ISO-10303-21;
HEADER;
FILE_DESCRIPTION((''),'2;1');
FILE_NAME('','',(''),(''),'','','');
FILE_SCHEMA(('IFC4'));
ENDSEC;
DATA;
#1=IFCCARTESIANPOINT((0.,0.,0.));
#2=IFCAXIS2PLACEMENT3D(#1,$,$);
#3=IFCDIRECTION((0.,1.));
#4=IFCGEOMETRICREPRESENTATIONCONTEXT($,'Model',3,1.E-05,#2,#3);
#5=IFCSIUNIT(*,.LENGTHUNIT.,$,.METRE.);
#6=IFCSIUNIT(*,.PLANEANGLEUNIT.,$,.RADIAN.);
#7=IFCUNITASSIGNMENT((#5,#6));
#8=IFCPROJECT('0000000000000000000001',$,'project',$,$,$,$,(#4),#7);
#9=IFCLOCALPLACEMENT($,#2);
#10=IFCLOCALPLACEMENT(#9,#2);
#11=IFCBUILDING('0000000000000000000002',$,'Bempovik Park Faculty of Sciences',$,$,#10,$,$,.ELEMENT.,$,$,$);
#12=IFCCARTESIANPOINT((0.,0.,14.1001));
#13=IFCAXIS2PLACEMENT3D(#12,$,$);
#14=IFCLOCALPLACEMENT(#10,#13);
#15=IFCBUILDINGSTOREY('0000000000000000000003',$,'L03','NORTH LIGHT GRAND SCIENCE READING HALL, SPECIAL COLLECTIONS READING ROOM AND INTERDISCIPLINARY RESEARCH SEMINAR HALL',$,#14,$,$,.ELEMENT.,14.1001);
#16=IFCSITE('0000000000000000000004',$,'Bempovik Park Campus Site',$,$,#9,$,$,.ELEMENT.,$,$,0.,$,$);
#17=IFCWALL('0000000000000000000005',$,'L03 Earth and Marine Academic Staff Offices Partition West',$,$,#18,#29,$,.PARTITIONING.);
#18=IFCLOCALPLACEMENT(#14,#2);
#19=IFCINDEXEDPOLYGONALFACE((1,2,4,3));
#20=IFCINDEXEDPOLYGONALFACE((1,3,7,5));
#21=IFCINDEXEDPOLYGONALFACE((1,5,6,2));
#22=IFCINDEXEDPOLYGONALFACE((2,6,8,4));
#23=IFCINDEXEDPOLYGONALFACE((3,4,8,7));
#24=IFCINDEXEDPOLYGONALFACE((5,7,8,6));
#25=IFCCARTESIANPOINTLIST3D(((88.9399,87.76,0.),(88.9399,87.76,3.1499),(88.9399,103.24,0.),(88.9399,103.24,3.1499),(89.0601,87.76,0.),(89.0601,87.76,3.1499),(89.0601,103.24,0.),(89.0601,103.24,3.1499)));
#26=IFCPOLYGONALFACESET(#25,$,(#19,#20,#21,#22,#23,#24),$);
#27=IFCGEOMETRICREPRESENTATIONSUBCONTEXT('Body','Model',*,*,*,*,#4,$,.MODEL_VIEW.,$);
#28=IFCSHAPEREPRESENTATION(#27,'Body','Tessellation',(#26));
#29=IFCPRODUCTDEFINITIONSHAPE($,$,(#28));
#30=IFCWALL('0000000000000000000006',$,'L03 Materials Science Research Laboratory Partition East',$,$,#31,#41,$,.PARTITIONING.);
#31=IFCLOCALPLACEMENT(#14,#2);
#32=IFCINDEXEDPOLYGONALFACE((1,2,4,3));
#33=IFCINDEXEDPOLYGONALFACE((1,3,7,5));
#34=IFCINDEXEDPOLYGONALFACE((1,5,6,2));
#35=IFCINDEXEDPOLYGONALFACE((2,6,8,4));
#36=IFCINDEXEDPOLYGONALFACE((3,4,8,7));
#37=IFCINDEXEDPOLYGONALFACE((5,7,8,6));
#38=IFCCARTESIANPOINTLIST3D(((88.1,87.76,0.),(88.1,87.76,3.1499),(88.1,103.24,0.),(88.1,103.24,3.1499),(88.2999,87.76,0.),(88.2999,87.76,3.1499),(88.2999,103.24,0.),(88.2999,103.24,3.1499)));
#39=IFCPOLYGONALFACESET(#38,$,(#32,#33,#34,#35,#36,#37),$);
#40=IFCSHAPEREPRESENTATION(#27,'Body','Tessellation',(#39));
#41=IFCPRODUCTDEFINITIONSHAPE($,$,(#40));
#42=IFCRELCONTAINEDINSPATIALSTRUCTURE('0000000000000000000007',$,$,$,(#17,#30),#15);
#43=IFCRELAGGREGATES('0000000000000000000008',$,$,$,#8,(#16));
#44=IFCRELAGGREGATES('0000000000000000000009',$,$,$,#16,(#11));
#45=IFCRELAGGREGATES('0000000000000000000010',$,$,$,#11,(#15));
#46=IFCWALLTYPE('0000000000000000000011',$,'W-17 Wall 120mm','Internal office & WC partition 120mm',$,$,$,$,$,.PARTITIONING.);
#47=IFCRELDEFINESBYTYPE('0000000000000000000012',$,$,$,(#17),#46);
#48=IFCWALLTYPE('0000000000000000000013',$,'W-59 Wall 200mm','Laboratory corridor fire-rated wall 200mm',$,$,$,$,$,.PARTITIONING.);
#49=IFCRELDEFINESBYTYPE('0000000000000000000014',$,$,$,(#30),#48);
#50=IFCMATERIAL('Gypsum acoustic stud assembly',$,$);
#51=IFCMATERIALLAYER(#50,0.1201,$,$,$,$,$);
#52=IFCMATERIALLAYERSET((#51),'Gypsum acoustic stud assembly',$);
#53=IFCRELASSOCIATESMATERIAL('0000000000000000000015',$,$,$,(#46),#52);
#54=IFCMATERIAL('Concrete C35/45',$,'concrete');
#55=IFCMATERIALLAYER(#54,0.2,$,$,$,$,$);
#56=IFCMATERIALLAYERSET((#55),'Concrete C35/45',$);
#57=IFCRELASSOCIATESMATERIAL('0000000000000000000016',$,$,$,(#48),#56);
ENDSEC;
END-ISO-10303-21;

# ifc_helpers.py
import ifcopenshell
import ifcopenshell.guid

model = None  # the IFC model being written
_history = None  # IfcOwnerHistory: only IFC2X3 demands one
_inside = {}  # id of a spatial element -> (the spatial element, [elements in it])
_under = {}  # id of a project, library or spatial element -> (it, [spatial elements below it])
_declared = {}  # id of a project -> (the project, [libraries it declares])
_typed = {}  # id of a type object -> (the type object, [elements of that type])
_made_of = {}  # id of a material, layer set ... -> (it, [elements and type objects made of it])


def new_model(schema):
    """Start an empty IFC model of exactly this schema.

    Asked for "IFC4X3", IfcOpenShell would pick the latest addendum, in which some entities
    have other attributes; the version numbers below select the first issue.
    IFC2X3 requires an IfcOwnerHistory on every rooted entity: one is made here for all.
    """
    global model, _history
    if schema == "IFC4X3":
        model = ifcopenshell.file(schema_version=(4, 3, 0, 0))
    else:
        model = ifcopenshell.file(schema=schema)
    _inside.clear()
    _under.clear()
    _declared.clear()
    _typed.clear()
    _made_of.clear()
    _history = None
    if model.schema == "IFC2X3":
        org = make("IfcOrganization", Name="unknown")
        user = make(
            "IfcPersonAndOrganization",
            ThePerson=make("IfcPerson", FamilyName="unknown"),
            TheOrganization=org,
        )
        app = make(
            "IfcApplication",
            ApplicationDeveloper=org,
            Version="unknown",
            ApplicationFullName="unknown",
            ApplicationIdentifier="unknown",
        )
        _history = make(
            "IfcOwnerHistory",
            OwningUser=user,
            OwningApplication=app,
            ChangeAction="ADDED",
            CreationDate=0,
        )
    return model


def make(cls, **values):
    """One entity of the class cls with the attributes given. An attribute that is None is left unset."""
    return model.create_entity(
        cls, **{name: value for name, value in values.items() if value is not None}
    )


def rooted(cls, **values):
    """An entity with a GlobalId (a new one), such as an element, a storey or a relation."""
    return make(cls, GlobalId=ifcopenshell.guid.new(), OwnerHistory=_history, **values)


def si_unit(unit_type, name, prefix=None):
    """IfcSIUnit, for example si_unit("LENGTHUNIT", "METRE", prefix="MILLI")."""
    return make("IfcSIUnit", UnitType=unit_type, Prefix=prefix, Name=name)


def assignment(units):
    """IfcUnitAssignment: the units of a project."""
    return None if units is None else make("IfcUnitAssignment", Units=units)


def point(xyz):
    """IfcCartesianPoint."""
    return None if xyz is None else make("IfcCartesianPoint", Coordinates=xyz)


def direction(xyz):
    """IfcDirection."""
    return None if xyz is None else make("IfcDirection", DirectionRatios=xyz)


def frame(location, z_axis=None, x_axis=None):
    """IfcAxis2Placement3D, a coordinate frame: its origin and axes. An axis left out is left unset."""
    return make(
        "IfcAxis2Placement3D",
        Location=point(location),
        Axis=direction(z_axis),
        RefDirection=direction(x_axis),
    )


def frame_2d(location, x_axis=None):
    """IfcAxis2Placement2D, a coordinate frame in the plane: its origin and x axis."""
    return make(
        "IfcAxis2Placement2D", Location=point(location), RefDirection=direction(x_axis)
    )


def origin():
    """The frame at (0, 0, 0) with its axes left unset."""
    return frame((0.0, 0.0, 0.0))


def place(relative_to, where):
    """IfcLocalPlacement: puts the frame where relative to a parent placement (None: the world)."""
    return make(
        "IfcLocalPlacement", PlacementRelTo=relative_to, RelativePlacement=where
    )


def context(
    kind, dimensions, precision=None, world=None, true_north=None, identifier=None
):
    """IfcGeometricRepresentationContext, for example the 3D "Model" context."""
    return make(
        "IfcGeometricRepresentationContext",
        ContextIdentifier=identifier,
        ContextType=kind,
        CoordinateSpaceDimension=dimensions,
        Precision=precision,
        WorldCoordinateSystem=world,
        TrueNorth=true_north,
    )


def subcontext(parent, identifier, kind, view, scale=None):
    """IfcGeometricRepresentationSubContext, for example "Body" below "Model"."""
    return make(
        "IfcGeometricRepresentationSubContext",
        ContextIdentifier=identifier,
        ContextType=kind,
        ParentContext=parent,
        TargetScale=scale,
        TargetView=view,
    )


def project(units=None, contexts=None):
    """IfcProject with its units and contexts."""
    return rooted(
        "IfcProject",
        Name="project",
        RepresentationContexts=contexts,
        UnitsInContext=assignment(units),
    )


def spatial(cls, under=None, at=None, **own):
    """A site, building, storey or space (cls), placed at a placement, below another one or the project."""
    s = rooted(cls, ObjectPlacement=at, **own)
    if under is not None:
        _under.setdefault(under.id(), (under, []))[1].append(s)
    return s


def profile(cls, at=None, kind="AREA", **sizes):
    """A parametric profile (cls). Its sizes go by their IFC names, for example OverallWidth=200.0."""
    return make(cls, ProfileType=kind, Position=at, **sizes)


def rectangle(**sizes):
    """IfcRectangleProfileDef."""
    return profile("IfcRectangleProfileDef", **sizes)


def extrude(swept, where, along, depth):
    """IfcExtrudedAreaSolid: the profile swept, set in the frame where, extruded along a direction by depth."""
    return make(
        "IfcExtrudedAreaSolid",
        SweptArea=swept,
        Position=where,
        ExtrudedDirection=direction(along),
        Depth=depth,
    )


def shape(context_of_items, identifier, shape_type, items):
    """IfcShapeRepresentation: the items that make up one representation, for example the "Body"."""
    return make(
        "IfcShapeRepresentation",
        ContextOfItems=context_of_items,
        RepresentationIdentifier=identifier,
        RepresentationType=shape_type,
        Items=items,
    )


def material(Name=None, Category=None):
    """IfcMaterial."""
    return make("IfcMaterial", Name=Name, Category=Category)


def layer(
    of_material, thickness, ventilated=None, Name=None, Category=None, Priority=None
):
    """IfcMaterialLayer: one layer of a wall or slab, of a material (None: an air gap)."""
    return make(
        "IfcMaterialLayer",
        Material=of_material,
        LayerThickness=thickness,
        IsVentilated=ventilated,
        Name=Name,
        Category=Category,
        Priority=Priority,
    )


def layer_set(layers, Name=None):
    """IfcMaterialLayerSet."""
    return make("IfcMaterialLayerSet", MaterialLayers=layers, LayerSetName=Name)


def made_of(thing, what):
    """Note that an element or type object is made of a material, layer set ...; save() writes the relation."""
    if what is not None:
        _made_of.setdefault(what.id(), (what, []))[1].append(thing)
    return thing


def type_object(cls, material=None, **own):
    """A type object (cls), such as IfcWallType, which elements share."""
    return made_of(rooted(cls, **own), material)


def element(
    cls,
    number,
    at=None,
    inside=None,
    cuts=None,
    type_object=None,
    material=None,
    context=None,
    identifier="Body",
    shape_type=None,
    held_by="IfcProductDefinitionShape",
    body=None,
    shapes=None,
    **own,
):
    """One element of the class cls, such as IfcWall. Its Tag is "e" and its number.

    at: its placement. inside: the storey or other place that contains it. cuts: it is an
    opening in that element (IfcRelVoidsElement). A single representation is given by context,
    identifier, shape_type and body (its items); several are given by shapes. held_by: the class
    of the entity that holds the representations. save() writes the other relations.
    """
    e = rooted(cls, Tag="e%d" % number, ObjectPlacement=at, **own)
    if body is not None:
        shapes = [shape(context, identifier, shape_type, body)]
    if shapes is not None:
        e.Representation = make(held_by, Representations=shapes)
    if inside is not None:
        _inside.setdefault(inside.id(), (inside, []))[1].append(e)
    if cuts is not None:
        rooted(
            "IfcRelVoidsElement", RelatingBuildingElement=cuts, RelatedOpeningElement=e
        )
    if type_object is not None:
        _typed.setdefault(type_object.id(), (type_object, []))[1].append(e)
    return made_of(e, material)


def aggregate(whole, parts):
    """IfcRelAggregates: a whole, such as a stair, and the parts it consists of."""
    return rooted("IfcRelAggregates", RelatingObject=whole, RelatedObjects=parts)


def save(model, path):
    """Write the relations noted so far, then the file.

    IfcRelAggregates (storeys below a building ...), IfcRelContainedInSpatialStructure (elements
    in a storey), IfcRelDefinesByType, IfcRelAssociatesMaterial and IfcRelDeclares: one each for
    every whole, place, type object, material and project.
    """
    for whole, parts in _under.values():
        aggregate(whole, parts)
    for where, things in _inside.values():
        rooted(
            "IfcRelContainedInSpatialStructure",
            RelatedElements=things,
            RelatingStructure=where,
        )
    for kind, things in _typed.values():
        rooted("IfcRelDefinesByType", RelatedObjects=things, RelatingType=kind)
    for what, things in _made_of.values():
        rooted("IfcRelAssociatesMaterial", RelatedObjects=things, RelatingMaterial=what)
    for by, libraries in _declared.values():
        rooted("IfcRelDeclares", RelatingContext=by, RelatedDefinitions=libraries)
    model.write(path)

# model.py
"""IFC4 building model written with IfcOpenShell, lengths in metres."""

from ifc_helpers import new_model, si_unit, direction, frame, frame_2d, origin, place, context, subcontext, project, spatial, rectangle, extrude, material, layer, layer_set, type_object, element, save


model = new_model("IFC4")

# Units and contexts
model_context = context("Model", 3, precision=1e-05, world=origin(), true_north=direction((0.0, 1.0)))
body_context = subcontext(model_context, "Body", "Model", "MODEL_VIEW")
ifc_project = project(units=[si_unit("LENGTHUNIT", "METRE"), si_unit("PLANEANGLEUNIT", "RADIAN")], contexts=[model_context])

# Site, building, storey
site_placement = place(None, origin())
site = spatial("IfcSite", under=ifc_project, at=site_placement, Name="Bempovik Park Campus Site", CompositionType="ELEMENT", RefElevation=0.0)
building_placement = place(site_placement, origin())
building = spatial("IfcBuilding", under=site, at=building_placement, Name="Bempovik Park Faculty of Sciences", CompositionType="ELEMENT")
storey_placement = place(building_placement, frame((0.0, 0.0, 14.1001)))
storey = spatial("IfcBuildingStorey", under=building, at=storey_placement, Name="L03", Description="NORTH LIGHT GRAND SCIENCE READING HALL, SPECIAL COLLECTIONS READING ROOM AND INTERDISCIPLINARY RESEARCH SEMINAR HALL", CompositionType="ELEMENT", Elevation=14.1001)

# Shared definitions
ifc_material_1 = material(Name="Concrete C35/45", Category="concrete")

# Shared definitions
ifc_material_2 = material(Name="Gypsum acoustic stud assembly")
ifc_layer_1 = layer(ifc_material_2, 0.1201)
ifc_layer_set_1 = layer_set([ifc_layer_1], Name="Gypsum acoustic stud assembly")
wall_type_1 = type_object("IfcWallType", Name="W-17 Wall 120mm", Description="Internal office & WC partition 120mm", PredefinedType="PARTITIONING", material=ifc_layer_set_1)

# Walls
wall_1_placement = place(storey_placement, frame((89.0, 87.76, 0.0), z_axis=(0.0, 0.0, 1.0), x_axis=(0.0, 1.0, 0.0)))
element("IfcWall", 1, at=wall_1_placement, inside=storey, type_object=wall_type_1, Name="L03 Earth and Marine Academic Staff Offices Partition West", PredefinedType="PARTITIONING", context=body_context, shape_type="SweptSolid", body=[
    extrude(rectangle(XDim=15.48, YDim=0.1201, at=frame_2d((7.74, 0.0))), origin(), (0.0, 0.0, 1.0), 3.1499),
])
ifc_layer_2 = layer(ifc_material_1, 0.2)
ifc_layer_set_2 = layer_set([ifc_layer_2], Name="Concrete C35/45")
wall_type_2 = type_object("IfcWallType", Name="W-59 Wall 200mm", Description="Laboratory corridor fire-rated wall 200mm", PredefinedType="PARTITIONING", material=ifc_layer_set_2)
wall_2_placement = place(storey_placement, frame((88.2, 87.76, 0.0), z_axis=(0.0, 0.0, 1.0), x_axis=(0.0, 1.0, 0.0)))
element("IfcWall", 2, at=wall_2_placement, inside=storey, type_object=wall_type_2, Name="L03 Materials Science Research Laboratory Partition East", PredefinedType="PARTITIONING", context=body_context, shape_type="SweptSolid", body=[
    extrude(rectangle(XDim=15.48, YDim=0.2, at=frame_2d((7.74, 0.0))), origin(), (0.0, 0.0, 1.0), 3.1499),
])

save(model, "model.ifc")
